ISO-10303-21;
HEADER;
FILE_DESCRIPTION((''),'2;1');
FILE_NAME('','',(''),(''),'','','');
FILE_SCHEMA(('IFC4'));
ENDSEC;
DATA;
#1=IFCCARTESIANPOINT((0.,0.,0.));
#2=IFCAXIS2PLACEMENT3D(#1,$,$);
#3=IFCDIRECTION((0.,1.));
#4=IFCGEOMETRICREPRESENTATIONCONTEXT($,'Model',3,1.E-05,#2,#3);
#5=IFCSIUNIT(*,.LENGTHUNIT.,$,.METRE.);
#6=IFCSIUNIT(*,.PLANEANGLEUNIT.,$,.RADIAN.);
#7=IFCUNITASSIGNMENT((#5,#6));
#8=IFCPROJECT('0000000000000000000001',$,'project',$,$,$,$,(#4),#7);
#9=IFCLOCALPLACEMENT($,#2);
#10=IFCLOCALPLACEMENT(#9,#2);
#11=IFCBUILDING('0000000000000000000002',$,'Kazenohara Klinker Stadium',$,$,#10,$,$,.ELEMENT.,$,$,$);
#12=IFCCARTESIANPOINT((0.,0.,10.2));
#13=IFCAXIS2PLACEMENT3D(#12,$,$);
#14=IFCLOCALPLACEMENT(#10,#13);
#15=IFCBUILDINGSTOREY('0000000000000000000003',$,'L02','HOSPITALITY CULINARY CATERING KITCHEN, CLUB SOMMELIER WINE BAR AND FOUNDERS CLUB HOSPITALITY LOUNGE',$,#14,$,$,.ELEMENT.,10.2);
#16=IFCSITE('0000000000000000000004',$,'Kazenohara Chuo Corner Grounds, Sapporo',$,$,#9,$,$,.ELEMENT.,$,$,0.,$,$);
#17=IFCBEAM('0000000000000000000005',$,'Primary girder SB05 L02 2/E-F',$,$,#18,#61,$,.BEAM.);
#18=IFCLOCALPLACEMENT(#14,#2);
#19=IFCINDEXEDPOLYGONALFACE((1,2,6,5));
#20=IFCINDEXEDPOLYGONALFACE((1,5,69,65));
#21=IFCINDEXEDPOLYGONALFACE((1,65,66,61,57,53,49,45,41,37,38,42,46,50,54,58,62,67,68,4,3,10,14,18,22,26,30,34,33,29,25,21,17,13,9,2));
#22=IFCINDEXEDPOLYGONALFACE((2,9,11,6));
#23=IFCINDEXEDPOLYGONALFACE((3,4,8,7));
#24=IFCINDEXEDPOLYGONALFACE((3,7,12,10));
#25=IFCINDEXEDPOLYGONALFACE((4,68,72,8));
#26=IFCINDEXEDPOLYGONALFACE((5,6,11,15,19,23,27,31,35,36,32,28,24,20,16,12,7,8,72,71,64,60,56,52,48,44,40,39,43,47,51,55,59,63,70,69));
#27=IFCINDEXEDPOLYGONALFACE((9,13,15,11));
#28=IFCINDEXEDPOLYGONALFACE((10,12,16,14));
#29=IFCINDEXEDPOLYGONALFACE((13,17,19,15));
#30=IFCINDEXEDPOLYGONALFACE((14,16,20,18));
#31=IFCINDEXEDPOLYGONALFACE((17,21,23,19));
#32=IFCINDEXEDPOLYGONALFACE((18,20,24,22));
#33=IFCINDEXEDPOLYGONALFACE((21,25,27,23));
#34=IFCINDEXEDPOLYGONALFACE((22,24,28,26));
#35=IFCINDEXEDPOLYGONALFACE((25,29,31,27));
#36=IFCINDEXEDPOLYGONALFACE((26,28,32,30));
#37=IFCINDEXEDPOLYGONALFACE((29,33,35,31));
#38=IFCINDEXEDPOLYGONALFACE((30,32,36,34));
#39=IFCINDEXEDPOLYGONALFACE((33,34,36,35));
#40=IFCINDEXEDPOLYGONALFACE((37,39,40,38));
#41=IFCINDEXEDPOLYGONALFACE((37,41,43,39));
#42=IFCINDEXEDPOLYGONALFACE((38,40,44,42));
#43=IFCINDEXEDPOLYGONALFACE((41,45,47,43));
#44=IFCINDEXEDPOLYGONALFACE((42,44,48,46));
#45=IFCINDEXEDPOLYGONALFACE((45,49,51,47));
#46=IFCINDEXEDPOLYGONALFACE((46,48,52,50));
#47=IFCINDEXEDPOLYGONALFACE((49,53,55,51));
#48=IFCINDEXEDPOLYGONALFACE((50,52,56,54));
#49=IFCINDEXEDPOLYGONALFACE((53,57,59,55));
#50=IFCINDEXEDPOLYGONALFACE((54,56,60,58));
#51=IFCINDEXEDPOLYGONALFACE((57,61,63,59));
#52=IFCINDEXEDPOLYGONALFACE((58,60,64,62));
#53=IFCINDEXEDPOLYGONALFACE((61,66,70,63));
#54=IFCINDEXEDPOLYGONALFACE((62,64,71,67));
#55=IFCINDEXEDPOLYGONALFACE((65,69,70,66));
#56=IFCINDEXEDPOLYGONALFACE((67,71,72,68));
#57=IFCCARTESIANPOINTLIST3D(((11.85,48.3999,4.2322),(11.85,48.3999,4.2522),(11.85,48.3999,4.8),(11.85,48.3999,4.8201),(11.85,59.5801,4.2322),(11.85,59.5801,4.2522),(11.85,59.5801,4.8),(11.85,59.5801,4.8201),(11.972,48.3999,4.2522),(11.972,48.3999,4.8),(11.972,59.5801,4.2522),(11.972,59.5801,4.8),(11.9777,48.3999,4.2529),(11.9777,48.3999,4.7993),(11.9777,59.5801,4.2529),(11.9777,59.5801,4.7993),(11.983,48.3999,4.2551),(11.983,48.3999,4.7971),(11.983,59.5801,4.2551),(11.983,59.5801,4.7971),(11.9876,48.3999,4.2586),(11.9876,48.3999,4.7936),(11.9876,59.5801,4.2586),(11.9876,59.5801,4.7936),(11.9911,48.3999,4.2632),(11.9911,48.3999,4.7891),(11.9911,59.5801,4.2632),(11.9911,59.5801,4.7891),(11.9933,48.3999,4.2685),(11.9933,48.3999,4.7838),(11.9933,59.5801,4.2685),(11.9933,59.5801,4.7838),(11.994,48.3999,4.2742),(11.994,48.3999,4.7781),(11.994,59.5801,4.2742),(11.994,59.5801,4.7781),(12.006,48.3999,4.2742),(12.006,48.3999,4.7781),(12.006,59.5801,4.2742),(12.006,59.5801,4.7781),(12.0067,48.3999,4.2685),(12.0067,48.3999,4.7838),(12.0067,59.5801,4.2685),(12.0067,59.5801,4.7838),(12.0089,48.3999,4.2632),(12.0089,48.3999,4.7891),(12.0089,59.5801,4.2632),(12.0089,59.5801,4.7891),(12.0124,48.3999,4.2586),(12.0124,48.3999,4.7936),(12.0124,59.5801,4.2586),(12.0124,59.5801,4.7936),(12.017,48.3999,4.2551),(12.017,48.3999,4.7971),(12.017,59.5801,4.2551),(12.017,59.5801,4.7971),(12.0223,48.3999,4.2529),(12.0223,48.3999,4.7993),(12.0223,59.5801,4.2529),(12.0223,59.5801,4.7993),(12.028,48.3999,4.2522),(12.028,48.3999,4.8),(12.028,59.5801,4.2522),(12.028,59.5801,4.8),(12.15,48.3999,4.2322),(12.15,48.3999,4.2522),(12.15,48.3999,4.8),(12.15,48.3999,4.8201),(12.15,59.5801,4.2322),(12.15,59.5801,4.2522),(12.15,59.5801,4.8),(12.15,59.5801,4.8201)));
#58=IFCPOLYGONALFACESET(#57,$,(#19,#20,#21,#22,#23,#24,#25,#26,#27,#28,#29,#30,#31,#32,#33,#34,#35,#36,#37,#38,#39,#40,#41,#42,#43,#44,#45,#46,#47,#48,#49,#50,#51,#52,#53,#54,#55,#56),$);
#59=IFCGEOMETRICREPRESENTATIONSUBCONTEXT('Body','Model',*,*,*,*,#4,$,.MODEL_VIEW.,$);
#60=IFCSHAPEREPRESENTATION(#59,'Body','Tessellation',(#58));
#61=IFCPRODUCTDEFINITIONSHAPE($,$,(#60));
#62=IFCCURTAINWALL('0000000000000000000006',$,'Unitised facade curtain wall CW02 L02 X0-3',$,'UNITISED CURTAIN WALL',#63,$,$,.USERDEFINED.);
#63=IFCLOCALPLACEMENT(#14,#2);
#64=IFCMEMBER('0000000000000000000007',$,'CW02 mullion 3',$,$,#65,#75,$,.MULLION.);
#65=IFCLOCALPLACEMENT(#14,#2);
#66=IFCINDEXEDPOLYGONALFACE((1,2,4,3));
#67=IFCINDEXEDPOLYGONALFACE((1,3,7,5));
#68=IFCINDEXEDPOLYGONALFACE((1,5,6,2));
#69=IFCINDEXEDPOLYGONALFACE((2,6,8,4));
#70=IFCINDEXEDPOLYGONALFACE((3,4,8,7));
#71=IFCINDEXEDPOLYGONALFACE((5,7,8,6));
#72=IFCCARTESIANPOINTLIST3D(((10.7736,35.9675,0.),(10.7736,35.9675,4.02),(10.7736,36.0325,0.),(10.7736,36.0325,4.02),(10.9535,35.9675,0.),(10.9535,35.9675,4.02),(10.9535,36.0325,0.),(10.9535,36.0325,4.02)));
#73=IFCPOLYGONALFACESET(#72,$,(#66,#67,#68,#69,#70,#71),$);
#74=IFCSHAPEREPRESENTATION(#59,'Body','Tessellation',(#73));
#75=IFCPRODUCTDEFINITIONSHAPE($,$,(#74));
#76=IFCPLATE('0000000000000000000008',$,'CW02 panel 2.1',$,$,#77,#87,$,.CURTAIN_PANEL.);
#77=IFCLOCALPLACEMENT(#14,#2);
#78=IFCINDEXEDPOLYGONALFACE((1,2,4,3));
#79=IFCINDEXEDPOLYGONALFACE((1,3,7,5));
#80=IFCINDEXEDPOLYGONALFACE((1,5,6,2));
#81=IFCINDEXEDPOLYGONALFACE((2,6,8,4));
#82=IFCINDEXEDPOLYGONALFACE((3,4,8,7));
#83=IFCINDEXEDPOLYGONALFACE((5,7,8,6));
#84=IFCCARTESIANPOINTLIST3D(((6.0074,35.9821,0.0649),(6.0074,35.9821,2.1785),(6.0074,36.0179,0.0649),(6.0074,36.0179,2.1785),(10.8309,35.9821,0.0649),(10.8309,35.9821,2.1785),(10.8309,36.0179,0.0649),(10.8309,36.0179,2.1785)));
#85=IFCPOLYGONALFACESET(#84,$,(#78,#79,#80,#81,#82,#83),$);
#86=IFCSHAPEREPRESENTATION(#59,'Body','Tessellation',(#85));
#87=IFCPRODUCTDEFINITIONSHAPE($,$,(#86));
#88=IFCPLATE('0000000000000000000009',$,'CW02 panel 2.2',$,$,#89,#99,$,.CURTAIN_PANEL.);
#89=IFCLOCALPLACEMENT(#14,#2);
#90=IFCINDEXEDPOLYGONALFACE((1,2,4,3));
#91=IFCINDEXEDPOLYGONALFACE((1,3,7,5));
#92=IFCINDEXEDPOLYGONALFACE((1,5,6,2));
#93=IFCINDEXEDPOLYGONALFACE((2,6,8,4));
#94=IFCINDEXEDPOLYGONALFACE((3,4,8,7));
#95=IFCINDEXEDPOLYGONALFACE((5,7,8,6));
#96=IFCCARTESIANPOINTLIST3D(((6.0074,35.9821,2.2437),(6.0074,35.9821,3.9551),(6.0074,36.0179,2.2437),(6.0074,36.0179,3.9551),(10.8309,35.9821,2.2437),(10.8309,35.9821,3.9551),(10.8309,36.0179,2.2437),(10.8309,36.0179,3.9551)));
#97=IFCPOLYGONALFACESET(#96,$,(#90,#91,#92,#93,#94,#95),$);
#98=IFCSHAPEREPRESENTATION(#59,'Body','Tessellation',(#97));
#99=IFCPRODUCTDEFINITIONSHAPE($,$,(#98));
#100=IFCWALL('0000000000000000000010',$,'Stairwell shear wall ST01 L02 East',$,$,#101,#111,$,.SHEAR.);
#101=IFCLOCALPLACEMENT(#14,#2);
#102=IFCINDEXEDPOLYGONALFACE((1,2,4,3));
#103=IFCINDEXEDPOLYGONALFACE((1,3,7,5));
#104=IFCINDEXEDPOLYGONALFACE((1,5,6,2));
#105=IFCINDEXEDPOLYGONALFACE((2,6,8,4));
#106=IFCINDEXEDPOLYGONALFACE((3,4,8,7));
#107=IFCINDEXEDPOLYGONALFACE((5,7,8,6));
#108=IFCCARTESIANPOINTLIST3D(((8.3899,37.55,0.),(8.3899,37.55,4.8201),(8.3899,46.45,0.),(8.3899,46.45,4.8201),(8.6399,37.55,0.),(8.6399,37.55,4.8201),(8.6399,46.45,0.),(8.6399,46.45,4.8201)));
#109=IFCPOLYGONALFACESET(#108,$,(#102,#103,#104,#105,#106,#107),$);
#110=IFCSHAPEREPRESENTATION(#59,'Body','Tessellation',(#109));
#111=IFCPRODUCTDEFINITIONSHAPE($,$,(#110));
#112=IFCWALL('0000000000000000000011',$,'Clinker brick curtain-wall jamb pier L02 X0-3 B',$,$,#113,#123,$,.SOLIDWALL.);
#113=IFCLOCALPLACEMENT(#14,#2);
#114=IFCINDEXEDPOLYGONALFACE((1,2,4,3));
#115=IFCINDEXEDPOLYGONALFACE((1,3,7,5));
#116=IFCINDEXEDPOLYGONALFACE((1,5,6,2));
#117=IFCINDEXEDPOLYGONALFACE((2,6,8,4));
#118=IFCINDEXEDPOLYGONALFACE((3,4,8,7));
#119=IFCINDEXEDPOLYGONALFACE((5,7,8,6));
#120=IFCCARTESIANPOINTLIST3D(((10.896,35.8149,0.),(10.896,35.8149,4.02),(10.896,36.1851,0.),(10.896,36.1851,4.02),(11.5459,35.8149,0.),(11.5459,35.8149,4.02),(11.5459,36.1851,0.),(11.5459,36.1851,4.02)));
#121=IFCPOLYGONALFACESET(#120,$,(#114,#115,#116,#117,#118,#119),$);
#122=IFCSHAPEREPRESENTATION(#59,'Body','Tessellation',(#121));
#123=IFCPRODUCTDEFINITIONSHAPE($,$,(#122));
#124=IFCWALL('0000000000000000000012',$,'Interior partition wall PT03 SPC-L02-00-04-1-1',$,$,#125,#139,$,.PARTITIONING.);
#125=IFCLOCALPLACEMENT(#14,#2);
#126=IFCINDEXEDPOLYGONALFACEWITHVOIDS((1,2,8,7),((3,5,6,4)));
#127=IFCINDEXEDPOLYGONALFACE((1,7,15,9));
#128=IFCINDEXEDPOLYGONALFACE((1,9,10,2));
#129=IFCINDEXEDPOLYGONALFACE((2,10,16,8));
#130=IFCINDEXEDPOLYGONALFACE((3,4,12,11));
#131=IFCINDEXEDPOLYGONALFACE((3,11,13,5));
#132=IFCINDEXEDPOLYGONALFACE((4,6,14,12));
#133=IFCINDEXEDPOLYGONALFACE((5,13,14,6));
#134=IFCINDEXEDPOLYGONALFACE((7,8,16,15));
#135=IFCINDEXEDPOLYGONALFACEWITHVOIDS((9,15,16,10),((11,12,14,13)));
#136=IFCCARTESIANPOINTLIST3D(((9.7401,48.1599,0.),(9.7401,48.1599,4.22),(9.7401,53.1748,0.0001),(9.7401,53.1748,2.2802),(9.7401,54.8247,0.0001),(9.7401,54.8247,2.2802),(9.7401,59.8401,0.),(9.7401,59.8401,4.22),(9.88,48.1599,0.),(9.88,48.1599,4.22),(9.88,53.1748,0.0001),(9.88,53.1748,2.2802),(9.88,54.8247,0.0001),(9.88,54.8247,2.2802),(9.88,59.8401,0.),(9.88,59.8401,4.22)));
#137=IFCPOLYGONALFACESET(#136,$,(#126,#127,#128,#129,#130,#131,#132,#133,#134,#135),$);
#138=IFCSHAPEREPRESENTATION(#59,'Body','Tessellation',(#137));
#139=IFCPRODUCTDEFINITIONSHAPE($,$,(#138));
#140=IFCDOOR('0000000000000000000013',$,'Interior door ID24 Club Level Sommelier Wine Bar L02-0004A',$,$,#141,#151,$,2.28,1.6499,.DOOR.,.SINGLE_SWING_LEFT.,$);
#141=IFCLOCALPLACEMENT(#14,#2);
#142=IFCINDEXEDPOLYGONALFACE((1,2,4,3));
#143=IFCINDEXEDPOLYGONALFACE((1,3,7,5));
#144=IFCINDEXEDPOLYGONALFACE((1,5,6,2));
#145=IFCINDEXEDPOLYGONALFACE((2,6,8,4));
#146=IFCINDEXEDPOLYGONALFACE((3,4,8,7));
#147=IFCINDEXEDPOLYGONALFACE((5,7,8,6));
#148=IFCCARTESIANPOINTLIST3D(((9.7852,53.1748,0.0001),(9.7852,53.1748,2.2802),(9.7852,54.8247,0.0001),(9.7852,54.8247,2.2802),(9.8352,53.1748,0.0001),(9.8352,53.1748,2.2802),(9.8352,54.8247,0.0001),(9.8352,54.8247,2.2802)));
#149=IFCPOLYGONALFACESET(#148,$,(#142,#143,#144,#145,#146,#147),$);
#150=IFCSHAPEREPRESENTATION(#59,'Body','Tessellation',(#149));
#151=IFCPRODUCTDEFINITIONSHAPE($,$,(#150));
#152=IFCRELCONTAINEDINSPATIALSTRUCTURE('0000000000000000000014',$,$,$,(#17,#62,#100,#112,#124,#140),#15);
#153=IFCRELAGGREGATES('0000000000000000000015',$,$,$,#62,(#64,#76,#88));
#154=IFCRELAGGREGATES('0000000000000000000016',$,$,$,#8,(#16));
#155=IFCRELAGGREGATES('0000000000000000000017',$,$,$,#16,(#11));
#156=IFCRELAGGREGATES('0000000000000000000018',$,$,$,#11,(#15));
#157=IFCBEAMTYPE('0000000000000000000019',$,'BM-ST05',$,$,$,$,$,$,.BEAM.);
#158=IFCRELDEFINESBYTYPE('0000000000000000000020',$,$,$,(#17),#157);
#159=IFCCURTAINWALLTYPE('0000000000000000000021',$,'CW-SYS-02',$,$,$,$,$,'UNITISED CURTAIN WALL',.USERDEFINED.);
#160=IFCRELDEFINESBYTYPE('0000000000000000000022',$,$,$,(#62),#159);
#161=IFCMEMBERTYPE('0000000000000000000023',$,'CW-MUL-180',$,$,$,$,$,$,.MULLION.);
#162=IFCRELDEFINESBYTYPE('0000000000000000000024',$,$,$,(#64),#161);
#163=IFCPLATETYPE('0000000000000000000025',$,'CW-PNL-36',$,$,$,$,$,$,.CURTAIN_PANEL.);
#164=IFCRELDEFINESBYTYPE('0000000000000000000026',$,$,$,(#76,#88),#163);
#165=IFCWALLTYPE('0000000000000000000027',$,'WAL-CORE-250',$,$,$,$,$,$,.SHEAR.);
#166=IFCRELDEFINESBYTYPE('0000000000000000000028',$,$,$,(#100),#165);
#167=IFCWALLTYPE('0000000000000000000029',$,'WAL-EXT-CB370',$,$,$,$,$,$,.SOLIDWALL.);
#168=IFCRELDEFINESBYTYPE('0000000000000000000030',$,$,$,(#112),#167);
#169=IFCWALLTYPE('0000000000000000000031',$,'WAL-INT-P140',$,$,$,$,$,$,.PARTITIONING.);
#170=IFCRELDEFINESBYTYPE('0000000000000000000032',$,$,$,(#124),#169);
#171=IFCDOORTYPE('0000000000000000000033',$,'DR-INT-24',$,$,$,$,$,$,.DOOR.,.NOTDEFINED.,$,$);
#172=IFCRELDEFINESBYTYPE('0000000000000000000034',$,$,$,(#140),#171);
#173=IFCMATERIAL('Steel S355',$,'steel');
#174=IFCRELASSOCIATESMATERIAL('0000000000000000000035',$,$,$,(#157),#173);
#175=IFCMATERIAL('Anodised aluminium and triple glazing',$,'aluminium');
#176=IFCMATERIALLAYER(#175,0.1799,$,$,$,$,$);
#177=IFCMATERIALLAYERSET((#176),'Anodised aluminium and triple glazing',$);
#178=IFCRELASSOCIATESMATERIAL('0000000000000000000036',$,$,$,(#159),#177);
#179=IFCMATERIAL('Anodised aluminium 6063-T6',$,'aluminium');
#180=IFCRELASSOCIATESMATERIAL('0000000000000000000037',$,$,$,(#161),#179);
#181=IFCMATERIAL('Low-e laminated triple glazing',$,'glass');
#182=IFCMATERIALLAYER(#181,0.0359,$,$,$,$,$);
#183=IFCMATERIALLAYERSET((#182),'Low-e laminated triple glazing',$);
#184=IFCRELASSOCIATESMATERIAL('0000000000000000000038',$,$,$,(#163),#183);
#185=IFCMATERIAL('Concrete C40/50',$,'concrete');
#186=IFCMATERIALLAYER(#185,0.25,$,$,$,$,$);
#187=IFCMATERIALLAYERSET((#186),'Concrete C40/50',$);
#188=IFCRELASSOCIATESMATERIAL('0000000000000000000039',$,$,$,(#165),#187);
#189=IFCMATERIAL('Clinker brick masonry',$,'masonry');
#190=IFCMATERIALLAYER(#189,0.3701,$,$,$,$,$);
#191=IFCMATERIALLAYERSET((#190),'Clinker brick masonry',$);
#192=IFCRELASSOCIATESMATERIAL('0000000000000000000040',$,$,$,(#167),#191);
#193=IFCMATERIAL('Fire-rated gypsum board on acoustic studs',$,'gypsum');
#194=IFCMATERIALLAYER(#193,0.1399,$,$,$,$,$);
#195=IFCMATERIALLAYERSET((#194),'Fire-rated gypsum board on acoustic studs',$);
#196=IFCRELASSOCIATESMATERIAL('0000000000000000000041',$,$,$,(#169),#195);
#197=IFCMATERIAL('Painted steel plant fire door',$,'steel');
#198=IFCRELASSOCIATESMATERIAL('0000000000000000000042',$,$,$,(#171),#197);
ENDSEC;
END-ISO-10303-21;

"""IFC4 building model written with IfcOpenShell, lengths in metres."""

from ifc_helpers import new_model, si_unit, direction, frame, frame_2d, origin, origin_2d, place, context, subcontext, project, spatial, rectangle, i_section, extrude, material, layer, layer_set, material_profile, profile_set, type_object, element, fill, aggregate, save


model = new_model("IFC4")

# Units and contexts
model_context = context("Model", 3, precision=1e-05, world=origin(), true_north=direction((0.0, 1.0)))
body_context = subcontext(model_context, "Body", "Model", "MODEL_VIEW")
ifc_project = project(units=[si_unit("LENGTHUNIT", "METRE"), si_unit("PLANEANGLEUNIT", "RADIAN")], contexts=[model_context])

# Site, building, storey
site_placement = place(None, origin())
site = spatial("IfcSite", under=ifc_project, at=site_placement, Name="Kazenohara Chuo Corner Grounds, Sapporo", CompositionType="ELEMENT", RefElevation=0.0)
building_placement = place(site_placement, origin())
building = spatial("IfcBuilding", under=site, at=building_placement, Name="Kazenohara Klinker Stadium", CompositionType="ELEMENT")
storey_placement = place(building_placement, frame((0.0, 0.0, 10.2)))
storey = spatial("IfcBuildingStorey", under=building, at=storey_placement, Name="L02", Description="HOSPITALITY CULINARY CATERING KITCHEN, CLUB SOMMELIER WINE BAR AND FOUNDERS CLUB HOSPITALITY LOUNGE", CompositionType="ELEMENT", Elevation=10.2)

# Shared definitions
ifc_material_1 = material(Name="Concrete C40/50", Category="concrete")

# Beam
ifc_material_2 = material(Name="Steel S355", Category="steel")
ifc_material_profile_1 = material_profile(ifc_material_2, i_section(OverallWidth=0.3, OverallDepth=0.5879, WebThickness=0.012, FlangeThickness=0.02, FilletRadius=0.022, at=origin_2d()), Name="H-588x300x12x20")
ifc_profile_set_1 = profile_set([ifc_material_profile_1], Name="Steel S355")
beam_type_1 = type_object("IfcBeamType", Name="BM-ST05", PredefinedType="BEAM", material=ifc_profile_set_1)
beam_1_placement = place(storey_placement, frame((12.0, 48.3999, 4.5261), z_axis=(0.0, 1.0, 0.0), x_axis=(-1.0, 0.0, 0.0)))
element("IfcBeam", 1, at=beam_1_placement, inside=storey, type_object=beam_type_1, Name="Primary girder SB05 L02 2/E-F", PredefinedType="BEAM", context=body_context, shape_type="SweptSolid", body=[
    extrude(i_section(OverallWidth=0.3, OverallDepth=0.5879, WebThickness=0.012, FlangeThickness=0.02, FilletRadius=0.022, at=origin_2d()), origin(), (0.0, 0.0, 1.0), 11.1802),
])

# Curtain wall, member, plates
ifc_material_3 = material(Name="Anodised aluminium and triple glazing", Category="aluminium")
ifc_layer_1 = layer(ifc_material_3, 0.1799)
ifc_layer_set_1 = layer_set([ifc_layer_1], Name="Anodised aluminium and triple glazing")
curtain_wall_type = type_object("IfcCurtainWallType", Name="CW-SYS-02", ElementType="UNITISED CURTAIN WALL", PredefinedType="USERDEFINED", material=ifc_layer_set_1)
curtain_wall_placement = place(storey_placement, origin())
curtain_wall = element("IfcCurtainWall", 2, at=curtain_wall_placement, inside=storey, type_object=curtain_wall_type, Name="Unitised facade curtain wall CW02 L02 X0-3", ObjectType="UNITISED CURTAIN WALL", PredefinedType="USERDEFINED")
ifc_material_4 = material(Name="Anodised aluminium 6063-T6", Category="aluminium")
ifc_material_profile_2 = material_profile(ifc_material_4, rectangle(XDim=0.0649, YDim=0.1799, at=origin_2d()), Name="ALU-MUL-65x180")
ifc_profile_set_2 = profile_set([ifc_material_profile_2], Name="Anodised aluminium 6063-T6")
member_type = type_object("IfcMemberType", Name="CW-MUL-180", PredefinedType="MULLION", material=ifc_profile_set_2)
member_placement = place(storey_placement, frame((10.8635, 36.0, 0.0), z_axis=(0.0, 0.0, 1.0), x_axis=(0.0, 1.0, 0.0)))
member = element("IfcMember", 3, at=member_placement, type_object=member_type, Name="CW02 mullion 3", PredefinedType="MULLION", context=body_context, shape_type="SweptSolid", body=[
    extrude(rectangle(XDim=0.0649, YDim=0.1799, at=origin_2d()), origin(), (0.0, 0.0, 1.0), 4.02),
])
ifc_material_5 = material(Name="Low-e laminated triple glazing", Category="glass")
ifc_layer_2 = layer(ifc_material_5, 0.0359)
ifc_layer_set_2 = layer_set([ifc_layer_2], Name="Low-e laminated triple glazing")
plate_type = type_object("IfcPlateType", Name="CW-PNL-36", PredefinedType="CURTAIN_PANEL", material=ifc_layer_set_2)
plate_1_placement = place(storey_placement, frame((8.4192, 36.0, 0.0649), z_axis=(0.0, 0.0, 1.0), x_axis=(1.0, 0.0, 0.0)))
plate_1 = element("IfcPlate", 4, at=plate_1_placement, type_object=plate_type, Name="CW02 panel 2.1", PredefinedType="CURTAIN_PANEL", context=body_context, shape_type="SweptSolid", body=[
    extrude(rectangle(XDim=4.8235, YDim=0.0359, at=origin_2d()), origin(), (0.0, 0.0, 1.0), 2.1135),
])
plate_2_placement = place(storey_placement, frame((8.4192, 36.0, 2.2437), z_axis=(0.0, 0.0, 1.0), x_axis=(1.0, 0.0, 0.0)))
plate_2 = element("IfcPlate", 5, at=plate_2_placement, type_object=plate_type, Name="CW02 panel 2.2", PredefinedType="CURTAIN_PANEL", context=body_context, shape_type="SweptSolid", body=[
    extrude(rectangle(XDim=4.8235, YDim=0.0359, at=origin_2d()), origin(), (0.0, 0.0, 1.0), 1.7114),
])
aggregate(curtain_wall, [member, plate_1, plate_2])

# Walls
ifc_layer_3 = layer(ifc_material_1, 0.25)
ifc_layer_set_3 = layer_set([ifc_layer_3], Name="Concrete C40/50")
wall_type_1 = type_object("IfcWallType", Name="WAL-CORE-250", PredefinedType="SHEAR", material=ifc_layer_set_3)
wall_1_placement = place(storey_placement, frame((8.5149, 37.55, 0.0), z_axis=(0.0, 0.0, 1.0), x_axis=(0.0, 1.0, 0.0)))
element("IfcWall", 6, at=wall_1_placement, inside=storey, type_object=wall_type_1, Name="Stairwell shear wall ST01 L02 East", PredefinedType="SHEAR", context=body_context, shape_type="SweptSolid", body=[
    extrude(rectangle(XDim=8.8999, YDim=0.25, at=frame_2d((4.45, 0.0))), origin(), (0.0, 0.0, 1.0), 4.8201),
])
ifc_material_6 = material(Name="Clinker brick masonry", Category="masonry")
ifc_layer_4 = layer(ifc_material_6, 0.3701)
ifc_layer_set_4 = layer_set([ifc_layer_4], Name="Clinker brick masonry")
wall_type_2 = type_object("IfcWallType", Name="WAL-EXT-CB370", PredefinedType="SOLIDWALL", material=ifc_layer_set_4)
wall_2_placement = place(storey_placement, frame((10.896, 36.0, 0.0), z_axis=(0.0, 0.0, 1.0), x_axis=(1.0, 0.0, 0.0)))
element("IfcWall", 7, at=wall_2_placement, inside=storey, type_object=wall_type_2, Name="Clinker brick curtain-wall jamb pier L02 X0-3 B", PredefinedType="SOLIDWALL", context=body_context, shape_type="SweptSolid", body=[
    extrude(rectangle(XDim=0.6499, YDim=0.3701, at=frame_2d((0.325, 0.0))), origin(), (0.0, 0.0, 1.0), 4.02),
])

# Wall, opening, door
ifc_material_7 = material(Name="Fire-rated gypsum board on acoustic studs", Category="gypsum")
ifc_layer_5 = layer(ifc_material_7, 0.1399)
ifc_layer_set_5 = layer_set([ifc_layer_5], Name="Fire-rated gypsum board on acoustic studs")
wall_type_3 = type_object("IfcWallType", Name="WAL-INT-P140", PredefinedType="PARTITIONING", material=ifc_layer_set_5)
wall_3_placement = place(storey_placement, frame((9.8101, 48.1599, 0.0), z_axis=(0.0, 0.0, 1.0), x_axis=(0.0, 1.0, 0.0)))
wall_3 = element("IfcWall", 8, at=wall_3_placement, inside=storey, type_object=wall_type_3, Name="Interior partition wall PT03 SPC-L02-00-04-1-1", PredefinedType="PARTITIONING", context=body_context, shape_type="SweptSolid", body=[
    extrude(rectangle(XDim=11.6802, YDim=0.1399, at=frame_2d((5.8401, 0.0))), origin(), (0.0, 0.0, 1.0), 4.22),
])
opening_placement = place(wall_3_placement, frame((5.0149, 0.0, 0.0)))
opening = element("IfcOpeningElement", 9, at=opening_placement, cuts=wall_3, PredefinedType="OPENING", context=body_context, shape_type="SweptSolid", body=[
    extrude(rectangle(XDim=1.6499, YDim=2.28, at=frame_2d((0.825, 1.1401))), frame((0.0, 0.0801, 0.0), z_axis=(0.0, -1.0, 0.0), x_axis=(1.0, 0.0, 0.0)), (0.0, 0.0, 1.0), 0.1599),
])
ifc_material_8 = material(Name="Painted steel plant fire door", Category="steel")
door_type = type_object("IfcDoorType", Name="DR-INT-24", OperationType="NOTDEFINED", PredefinedType="DOOR", material=ifc_material_8)
door_placement = place(opening_placement, origin())
door = element("IfcDoor", 10, at=door_placement, inside=storey, type_object=door_type, Name="Interior door ID24 Club Level Sommelier Wine Bar L02-0004A", OperationType="SINGLE_SWING_LEFT", OverallHeight=2.28, OverallWidth=1.6499, PredefinedType="DOOR", context=body_context, shape_type="SweptSolid", body=[
    extrude(rectangle(XDim=1.6499, YDim=2.28, at=frame_2d((0.825, 1.1401))), frame((0.0, 0.0249, 0.0), z_axis=(0.0, -1.0, 0.0), x_axis=(1.0, 0.0, 0.0)), (0.0, 0.0, 1.0), 0.05),
])
fill(opening, door)

save(model, "model.ifc")
